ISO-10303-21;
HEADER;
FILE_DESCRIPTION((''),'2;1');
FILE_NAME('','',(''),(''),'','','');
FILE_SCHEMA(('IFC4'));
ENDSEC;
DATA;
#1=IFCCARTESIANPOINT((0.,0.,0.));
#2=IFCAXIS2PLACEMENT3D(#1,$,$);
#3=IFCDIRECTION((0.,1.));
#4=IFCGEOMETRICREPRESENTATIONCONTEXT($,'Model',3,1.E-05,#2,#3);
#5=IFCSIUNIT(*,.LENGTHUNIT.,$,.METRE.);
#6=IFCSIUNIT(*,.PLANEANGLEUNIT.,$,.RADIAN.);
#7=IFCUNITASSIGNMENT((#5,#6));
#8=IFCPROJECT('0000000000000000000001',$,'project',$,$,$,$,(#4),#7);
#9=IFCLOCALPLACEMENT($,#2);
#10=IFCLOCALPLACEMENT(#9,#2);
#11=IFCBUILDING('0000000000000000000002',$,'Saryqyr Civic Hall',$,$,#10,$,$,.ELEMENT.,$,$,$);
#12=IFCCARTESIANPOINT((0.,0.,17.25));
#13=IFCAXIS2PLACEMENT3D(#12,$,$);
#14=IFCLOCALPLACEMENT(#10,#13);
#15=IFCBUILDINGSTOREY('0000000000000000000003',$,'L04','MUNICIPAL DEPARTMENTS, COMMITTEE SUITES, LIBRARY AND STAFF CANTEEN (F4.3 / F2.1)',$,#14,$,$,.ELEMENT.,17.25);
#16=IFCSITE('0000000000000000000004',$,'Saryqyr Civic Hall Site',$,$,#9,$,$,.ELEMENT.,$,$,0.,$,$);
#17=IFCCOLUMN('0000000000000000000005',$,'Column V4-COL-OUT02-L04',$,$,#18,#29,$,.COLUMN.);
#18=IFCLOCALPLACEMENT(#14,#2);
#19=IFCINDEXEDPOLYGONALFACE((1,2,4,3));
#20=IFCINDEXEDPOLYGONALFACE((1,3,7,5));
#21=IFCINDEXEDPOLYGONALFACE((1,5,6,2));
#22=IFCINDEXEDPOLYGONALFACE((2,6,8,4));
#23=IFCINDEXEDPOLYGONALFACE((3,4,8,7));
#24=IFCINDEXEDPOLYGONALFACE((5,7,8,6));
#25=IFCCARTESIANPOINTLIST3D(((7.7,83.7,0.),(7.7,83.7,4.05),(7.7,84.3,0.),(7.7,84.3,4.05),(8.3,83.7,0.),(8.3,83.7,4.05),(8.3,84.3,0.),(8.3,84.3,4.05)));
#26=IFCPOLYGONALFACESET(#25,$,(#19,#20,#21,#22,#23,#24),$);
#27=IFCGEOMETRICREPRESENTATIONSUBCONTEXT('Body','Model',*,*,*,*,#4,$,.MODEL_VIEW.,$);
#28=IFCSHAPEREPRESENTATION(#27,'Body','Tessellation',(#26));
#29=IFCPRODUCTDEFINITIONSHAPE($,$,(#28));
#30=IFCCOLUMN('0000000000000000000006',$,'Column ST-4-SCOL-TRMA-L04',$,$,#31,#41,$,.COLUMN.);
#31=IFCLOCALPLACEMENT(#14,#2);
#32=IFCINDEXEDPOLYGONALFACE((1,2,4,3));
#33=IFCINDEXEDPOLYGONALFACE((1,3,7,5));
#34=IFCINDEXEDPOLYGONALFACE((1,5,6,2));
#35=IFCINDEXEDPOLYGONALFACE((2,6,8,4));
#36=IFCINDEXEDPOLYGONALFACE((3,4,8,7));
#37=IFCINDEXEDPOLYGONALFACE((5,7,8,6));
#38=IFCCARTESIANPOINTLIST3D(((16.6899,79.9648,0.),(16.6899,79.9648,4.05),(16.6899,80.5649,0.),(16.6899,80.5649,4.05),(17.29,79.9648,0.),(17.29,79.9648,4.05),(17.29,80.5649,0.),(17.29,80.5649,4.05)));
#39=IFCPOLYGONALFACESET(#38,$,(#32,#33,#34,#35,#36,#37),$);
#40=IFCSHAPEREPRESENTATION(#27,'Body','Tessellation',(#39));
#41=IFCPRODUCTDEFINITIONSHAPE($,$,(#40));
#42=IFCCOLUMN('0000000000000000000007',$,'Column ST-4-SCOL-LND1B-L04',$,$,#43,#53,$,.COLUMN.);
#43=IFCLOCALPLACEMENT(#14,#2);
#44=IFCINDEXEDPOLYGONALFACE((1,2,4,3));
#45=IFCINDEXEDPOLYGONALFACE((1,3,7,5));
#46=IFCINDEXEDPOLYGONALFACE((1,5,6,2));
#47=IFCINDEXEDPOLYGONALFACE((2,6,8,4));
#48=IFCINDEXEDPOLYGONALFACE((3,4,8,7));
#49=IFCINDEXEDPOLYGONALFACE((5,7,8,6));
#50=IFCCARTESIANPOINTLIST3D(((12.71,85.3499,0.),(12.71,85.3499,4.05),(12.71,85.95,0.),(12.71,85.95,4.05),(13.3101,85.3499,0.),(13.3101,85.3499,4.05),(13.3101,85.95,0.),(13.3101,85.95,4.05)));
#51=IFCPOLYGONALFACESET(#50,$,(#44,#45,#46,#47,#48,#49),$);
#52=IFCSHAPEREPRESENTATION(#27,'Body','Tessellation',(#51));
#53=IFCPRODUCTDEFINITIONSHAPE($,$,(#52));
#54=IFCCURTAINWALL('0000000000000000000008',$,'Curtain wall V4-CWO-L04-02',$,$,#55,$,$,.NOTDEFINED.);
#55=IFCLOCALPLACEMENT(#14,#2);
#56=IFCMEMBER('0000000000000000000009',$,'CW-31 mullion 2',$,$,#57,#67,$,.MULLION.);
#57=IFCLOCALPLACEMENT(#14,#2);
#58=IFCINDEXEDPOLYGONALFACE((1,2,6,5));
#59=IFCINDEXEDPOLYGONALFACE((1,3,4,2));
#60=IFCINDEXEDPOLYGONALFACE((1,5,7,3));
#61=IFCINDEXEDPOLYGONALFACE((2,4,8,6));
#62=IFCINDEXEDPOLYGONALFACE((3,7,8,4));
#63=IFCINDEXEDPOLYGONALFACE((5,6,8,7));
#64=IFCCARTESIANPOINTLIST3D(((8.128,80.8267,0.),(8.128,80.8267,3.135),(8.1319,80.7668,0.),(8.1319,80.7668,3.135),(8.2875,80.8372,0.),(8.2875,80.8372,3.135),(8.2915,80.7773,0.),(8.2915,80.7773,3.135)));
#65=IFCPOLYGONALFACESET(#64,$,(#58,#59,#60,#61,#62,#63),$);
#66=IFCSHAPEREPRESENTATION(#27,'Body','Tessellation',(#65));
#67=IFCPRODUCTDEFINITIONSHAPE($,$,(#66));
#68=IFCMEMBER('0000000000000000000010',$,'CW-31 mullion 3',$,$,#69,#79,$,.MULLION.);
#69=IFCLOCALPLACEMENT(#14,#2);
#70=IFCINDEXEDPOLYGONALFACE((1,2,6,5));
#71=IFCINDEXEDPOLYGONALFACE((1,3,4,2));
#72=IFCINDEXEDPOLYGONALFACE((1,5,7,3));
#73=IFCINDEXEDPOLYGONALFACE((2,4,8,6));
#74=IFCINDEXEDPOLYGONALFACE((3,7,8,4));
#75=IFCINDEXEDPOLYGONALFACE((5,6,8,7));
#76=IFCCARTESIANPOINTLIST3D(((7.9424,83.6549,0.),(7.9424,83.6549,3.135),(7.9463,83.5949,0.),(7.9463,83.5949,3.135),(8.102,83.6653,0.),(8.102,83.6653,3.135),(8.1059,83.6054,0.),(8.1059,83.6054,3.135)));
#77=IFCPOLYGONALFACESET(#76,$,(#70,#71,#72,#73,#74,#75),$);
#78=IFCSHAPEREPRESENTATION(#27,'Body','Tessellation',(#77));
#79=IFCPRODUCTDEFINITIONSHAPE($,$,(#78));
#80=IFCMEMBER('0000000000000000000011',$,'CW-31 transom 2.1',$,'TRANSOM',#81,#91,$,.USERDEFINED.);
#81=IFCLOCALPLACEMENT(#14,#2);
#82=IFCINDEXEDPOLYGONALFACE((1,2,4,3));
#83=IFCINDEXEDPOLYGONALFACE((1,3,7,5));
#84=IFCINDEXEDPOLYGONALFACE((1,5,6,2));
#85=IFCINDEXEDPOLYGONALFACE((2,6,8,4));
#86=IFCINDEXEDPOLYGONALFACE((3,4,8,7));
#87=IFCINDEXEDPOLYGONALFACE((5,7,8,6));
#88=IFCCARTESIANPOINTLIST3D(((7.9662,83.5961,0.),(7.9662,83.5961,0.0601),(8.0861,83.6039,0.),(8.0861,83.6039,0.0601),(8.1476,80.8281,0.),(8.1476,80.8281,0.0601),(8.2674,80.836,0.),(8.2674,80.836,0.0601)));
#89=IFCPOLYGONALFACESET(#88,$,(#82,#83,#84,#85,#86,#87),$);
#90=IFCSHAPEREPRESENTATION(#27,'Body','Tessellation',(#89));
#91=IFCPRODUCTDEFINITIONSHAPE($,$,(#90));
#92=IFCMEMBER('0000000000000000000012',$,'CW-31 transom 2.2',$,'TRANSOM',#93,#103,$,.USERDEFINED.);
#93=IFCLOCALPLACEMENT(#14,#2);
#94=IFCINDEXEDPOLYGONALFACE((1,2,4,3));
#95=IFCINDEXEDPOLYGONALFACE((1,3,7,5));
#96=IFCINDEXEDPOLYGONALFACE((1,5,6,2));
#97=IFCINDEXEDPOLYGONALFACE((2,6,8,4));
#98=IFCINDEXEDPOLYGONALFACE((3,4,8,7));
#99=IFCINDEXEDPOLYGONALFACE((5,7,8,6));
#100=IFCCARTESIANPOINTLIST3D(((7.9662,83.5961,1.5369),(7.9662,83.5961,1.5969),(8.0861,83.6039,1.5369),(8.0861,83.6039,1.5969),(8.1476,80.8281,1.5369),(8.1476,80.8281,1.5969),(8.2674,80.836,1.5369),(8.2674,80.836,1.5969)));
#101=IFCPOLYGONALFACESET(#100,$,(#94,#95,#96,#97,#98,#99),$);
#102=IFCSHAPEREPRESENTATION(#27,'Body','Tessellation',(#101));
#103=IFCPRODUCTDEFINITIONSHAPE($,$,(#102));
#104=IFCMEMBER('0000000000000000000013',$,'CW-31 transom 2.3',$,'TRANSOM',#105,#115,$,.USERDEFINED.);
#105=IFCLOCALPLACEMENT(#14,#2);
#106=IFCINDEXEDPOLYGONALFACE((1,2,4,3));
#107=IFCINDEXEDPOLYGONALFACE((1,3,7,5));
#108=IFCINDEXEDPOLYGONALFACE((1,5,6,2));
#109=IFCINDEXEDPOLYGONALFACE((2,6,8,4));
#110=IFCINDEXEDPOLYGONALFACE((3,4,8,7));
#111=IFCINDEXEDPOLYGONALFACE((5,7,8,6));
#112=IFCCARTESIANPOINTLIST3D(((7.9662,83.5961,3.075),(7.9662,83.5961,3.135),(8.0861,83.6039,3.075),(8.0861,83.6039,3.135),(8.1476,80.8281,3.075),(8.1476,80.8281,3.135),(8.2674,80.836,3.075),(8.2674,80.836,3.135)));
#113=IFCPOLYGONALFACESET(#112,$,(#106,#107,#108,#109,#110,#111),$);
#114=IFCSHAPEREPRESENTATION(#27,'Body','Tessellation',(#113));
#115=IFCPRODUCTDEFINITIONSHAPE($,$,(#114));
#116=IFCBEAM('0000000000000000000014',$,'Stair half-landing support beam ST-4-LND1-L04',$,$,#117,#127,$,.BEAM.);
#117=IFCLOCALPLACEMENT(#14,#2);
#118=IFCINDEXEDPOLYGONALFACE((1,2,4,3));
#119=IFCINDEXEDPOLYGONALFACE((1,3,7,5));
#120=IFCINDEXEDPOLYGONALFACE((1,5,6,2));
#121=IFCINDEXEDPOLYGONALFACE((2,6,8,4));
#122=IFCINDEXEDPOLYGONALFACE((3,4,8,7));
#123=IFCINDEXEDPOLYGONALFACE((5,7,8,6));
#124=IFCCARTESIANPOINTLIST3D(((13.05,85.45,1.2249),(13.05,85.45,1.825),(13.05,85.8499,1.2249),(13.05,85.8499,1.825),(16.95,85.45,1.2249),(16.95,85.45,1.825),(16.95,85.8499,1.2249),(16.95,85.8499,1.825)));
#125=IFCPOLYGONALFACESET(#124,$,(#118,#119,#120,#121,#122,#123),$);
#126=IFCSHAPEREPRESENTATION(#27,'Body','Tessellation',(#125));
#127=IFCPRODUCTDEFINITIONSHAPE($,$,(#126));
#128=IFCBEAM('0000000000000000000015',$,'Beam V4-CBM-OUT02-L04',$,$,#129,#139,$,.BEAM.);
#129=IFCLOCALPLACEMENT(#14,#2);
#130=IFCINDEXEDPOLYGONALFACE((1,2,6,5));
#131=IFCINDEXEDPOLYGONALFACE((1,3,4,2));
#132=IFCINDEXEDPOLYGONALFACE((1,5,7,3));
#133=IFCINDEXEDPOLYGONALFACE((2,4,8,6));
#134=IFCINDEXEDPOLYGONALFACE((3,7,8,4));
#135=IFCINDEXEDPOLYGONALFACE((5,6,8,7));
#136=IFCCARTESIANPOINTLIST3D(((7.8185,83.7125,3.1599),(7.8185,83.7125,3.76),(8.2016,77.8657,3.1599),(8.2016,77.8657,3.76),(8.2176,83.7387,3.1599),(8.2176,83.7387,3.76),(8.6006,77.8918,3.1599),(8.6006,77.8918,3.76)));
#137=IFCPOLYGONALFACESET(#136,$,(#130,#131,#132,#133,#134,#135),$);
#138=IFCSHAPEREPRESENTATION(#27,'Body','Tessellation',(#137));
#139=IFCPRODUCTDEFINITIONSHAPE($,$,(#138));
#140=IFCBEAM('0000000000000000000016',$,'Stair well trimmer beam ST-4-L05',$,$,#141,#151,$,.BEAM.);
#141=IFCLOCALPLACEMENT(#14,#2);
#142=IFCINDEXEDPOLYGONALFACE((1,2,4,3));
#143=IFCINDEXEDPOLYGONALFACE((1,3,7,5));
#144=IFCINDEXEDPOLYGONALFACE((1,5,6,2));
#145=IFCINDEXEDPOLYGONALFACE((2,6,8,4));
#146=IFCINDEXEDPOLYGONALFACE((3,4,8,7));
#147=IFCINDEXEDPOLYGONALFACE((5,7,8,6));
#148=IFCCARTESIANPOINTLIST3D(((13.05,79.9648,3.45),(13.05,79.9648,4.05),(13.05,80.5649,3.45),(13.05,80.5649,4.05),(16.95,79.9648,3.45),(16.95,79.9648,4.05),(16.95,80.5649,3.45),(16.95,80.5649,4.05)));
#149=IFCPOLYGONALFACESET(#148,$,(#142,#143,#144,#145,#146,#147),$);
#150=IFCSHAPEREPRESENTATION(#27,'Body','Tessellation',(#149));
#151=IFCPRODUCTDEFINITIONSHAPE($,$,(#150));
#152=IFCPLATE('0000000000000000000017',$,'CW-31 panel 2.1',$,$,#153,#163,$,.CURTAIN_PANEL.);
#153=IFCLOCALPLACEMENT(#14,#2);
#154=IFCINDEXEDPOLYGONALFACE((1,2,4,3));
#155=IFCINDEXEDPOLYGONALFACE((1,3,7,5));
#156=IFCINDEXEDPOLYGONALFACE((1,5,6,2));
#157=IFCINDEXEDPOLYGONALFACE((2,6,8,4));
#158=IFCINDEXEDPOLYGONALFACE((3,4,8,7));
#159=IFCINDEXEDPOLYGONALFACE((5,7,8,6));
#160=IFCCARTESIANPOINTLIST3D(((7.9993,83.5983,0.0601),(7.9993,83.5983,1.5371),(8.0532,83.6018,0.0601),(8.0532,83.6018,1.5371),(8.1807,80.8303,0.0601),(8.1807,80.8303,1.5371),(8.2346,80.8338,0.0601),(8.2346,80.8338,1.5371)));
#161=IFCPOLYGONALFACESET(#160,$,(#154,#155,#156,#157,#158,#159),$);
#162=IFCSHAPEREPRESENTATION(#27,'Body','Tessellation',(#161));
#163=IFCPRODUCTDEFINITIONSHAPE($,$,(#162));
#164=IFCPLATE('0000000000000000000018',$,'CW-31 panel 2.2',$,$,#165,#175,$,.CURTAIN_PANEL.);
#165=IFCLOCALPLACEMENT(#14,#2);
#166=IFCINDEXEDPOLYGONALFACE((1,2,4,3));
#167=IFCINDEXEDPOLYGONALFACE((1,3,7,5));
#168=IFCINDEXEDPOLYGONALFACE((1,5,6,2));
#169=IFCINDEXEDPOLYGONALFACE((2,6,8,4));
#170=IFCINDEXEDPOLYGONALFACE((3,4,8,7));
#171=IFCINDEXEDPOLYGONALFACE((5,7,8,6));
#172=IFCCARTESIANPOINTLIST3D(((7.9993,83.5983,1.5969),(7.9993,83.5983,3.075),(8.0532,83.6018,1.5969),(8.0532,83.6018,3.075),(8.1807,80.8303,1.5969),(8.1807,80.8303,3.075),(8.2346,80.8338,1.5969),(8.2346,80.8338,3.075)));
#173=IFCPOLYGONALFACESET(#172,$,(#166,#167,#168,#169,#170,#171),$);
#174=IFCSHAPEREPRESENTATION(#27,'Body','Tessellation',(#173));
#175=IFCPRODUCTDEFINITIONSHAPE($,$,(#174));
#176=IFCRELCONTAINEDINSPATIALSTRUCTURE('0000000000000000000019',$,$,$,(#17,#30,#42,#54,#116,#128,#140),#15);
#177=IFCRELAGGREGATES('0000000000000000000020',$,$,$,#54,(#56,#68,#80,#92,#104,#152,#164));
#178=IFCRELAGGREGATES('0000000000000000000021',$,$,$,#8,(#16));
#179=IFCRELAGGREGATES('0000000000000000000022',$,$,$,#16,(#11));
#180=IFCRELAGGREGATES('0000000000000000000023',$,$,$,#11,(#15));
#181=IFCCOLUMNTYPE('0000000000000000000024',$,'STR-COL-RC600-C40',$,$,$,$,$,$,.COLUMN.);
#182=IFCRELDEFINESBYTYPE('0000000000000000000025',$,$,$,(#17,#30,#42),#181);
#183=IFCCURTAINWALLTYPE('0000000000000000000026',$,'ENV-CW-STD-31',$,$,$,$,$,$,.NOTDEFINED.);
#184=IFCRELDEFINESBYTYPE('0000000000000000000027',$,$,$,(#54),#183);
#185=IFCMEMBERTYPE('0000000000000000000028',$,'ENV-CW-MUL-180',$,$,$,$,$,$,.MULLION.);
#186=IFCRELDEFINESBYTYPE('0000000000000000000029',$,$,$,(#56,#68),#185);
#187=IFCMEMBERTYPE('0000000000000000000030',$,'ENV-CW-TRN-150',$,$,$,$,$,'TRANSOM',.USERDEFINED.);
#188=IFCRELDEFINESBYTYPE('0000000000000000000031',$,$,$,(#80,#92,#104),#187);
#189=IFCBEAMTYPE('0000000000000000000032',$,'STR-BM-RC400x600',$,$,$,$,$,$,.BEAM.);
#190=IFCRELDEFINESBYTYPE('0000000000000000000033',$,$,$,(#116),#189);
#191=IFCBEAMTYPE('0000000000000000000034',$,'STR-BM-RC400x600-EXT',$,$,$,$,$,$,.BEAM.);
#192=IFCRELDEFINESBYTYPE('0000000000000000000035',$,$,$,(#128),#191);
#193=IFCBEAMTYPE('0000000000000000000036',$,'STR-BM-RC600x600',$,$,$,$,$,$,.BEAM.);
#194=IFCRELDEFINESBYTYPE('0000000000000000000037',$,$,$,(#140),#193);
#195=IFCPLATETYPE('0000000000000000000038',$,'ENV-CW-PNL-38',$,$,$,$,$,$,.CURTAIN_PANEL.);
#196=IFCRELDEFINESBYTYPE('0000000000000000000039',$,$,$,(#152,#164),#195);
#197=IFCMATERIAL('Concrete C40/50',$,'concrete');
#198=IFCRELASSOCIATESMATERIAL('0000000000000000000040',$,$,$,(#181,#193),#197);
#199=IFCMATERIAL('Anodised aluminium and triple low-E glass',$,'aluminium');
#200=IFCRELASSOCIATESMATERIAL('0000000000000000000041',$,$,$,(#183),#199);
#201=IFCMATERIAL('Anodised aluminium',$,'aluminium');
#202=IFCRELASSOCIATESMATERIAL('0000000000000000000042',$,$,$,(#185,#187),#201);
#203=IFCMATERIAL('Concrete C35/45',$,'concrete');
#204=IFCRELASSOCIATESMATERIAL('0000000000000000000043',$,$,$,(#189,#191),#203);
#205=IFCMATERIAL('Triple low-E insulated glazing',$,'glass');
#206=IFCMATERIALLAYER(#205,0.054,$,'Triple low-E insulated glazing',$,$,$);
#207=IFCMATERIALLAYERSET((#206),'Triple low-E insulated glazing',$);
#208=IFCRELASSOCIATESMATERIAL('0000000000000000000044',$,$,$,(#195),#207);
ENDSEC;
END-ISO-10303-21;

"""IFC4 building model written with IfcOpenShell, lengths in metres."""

from ifc_helpers import new_model, si_unit, direction, frame, origin, origin_2d, place, context, subcontext, project, spatial, rectangle, extrude, material, layer, layer_set, material_profile, profile_set, type_object, element, aggregate, save


model = new_model("IFC4")

# Units and contexts
model_context = context("Model", 3, precision=1e-05, world=origin(), true_north=direction((0.0, 1.0)))
body_context = subcontext(model_context, "Body", "Model", "MODEL_VIEW")
ifc_project = project(units=[si_unit("LENGTHUNIT", "METRE"), si_unit("PLANEANGLEUNIT", "RADIAN")], contexts=[model_context])

# Site, building, storey
site_placement = place(None, origin())
site = spatial("IfcSite", under=ifc_project, at=site_placement, Name="Saryqyr Civic Hall Site", CompositionType="ELEMENT", RefElevation=0.0)
building_placement = place(site_placement, origin())
building = spatial("IfcBuilding", under=site, at=building_placement, Name="Saryqyr Civic Hall", CompositionType="ELEMENT")
storey_placement = place(building_placement, frame((0.0, 0.0, 17.25)))
storey = spatial("IfcBuildingStorey", under=building, at=storey_placement, Name="L04", Description="MUNICIPAL DEPARTMENTS, COMMITTEE SUITES, LIBRARY AND STAFF CANTEEN (F4.3 / F2.1)", CompositionType="ELEMENT", Elevation=17.25)

# Columns
ifc_material_1 = material(Name="Concrete C40/50", Category="concrete")
ifc_material_profile_1 = material_profile(ifc_material_1, rectangle(XDim=0.6001, YDim=0.6001, at=origin_2d()), Name="RC 600x600")
ifc_profile_set_1 = profile_set([ifc_material_profile_1], Name="Concrete C40/50")
column_type = type_object("IfcColumnType", Name="STR-COL-RC600-C40", PredefinedType="COLUMN", material=ifc_profile_set_1)
for number, where, z_axis, x_axis, name in (
    (1, (8.0, 84.0, 0.0), (0.0, 0.0, 1.0), (-1.0, 0.0, 0.0), "Column V4-COL-OUT02-L04"),
    (2, (16.99, 80.2649, 0.0), (0.0, 0.0, 1.0), (1.0, 0.0, 0.0), "Column ST-4-SCOL-TRMA-L04"),
    (3, (13.01, 85.6499, 0.0), (0.0, 0.0, 1.0), (1.0, 0.0, 0.0), "Column ST-4-SCOL-LND1B-L04"),
):
    element("IfcColumn", number, at=place(storey_placement, frame(where, z_axis=z_axis, x_axis=x_axis)), inside=storey, type_object=column_type, Name=name, PredefinedType="COLUMN", context=body_context, shape_type="SweptSolid", body=[
        extrude(rectangle(XDim=0.6001, YDim=0.6001, at=origin_2d()), origin(), (0.0, 0.0, 1.0), 4.05),
    ])

# Curtain wall, members
ifc_material_2 = material(Name="Anodised aluminium and triple low-E glass", Category="aluminium")
curtain_wall_type = type_object("IfcCurtainWallType", Name="ENV-CW-STD-31", PredefinedType="NOTDEFINED", material=ifc_material_2)
curtain_wall_placement = place(storey_placement, origin())
curtain_wall = element("IfcCurtainWall", 4, at=curtain_wall_placement, inside=storey, type_object=curtain_wall_type, Name="Curtain wall V4-CWO-L04-02", PredefinedType="NOTDEFINED")
ifc_material_3 = material(Name="Anodised aluminium", Category="aluminium")
ifc_material_profile_2 = material_profile(ifc_material_3, rectangle(XDim=0.0601, YDim=0.1599, at=origin_2d()), Name="ALU MULLION 60x160")
ifc_profile_set_2 = profile_set([ifc_material_profile_2], Name="Anodised aluminium")
member_type_1 = type_object("IfcMemberType", Name="ENV-CW-MUL-180", PredefinedType="MULLION", material=ifc_profile_set_2)
member_1_placement = place(storey_placement, frame((8.2097, 80.802, 0.0), z_axis=(0.0, 0.0, 1.0), x_axis=(-0.065397, 0.997859, 0.0)))
member_1 = element("IfcMember", 5, at=member_1_placement, type_object=member_type_1, Name="CW-31 mullion 2", PredefinedType="MULLION", context=body_context, shape_type="SweptSolid", body=[
    extrude(rectangle(XDim=0.0601, YDim=0.1599, at=origin_2d()), origin(), (0.0, 0.0, 1.0), 3.135),
])
member_2_placement = place(storey_placement, frame((8.0242, 83.6301, 0.0), z_axis=(0.0, 0.0, 1.0), x_axis=(-0.065397, 0.997859, 0.0)))
member_2 = element("IfcMember", 6, at=member_2_placement, type_object=member_type_1, Name="CW-31 mullion 3", PredefinedType="MULLION", context=body_context, shape_type="SweptSolid", body=[
    extrude(rectangle(XDim=0.0601, YDim=0.1599, at=origin_2d()), origin(), (0.0, 0.0, 1.0), 3.135),
])
ifc_material_profile_3 = material_profile(ifc_material_3, rectangle(XDim=0.1201, YDim=0.0601, at=origin_2d()), Name="ALU TRANSOM 120x60")
ifc_profile_set_3 = profile_set([ifc_material_profile_3], Name="Anodised aluminium")
member_type_2 = type_object("IfcMemberType", Name="ENV-CW-TRN-150", ElementType="TRANSOM", PredefinedType="USERDEFINED", material=ifc_profile_set_3)
member_3_placement = place(storey_placement, frame((8.2075, 80.832, 0.03), z_axis=(-0.065392, 0.99786, 0.0), x_axis=(-0.99786, -0.065392, 0.0)))
member_3 = element("IfcMember", 7, at=member_3_placement, type_object=member_type_2, Name="CW-31 transom 2.1", ObjectType="TRANSOM", PredefinedType="USERDEFINED", context=body_context, shape_type="SweptSolid", body=[
    extrude(rectangle(XDim=0.1201, YDim=0.0601, at=origin_2d()), origin(), (0.0, 0.0, 1.0), 2.7739),
])
member_4_placement = place(storey_placement, frame((8.2075, 80.832, 1.5669), z_axis=(-0.065392, 0.99786, 0.0), x_axis=(-0.99786, -0.065392, 0.0)))
member_4 = element("IfcMember", 8, at=member_4_placement, type_object=member_type_2, Name="CW-31 transom 2.2", ObjectType="TRANSOM", PredefinedType="USERDEFINED", context=body_context, shape_type="SweptSolid", body=[
    extrude(rectangle(XDim=0.1201, YDim=0.0601, at=origin_2d()), origin(), (0.0, 0.0, 1.0), 2.7739),
])
member_5_placement = place(storey_placement, frame((8.2075, 80.832, 3.105), z_axis=(-0.065392, 0.99786, 0.0), x_axis=(-0.99786, -0.065392, 0.0)))
member_5 = element("IfcMember", 9, at=member_5_placement, type_object=member_type_2, Name="CW-31 transom 2.3", ObjectType="TRANSOM", PredefinedType="USERDEFINED", context=body_context, shape_type="SweptSolid", body=[
    extrude(rectangle(XDim=0.1201, YDim=0.0601, at=origin_2d()), origin(), (0.0, 0.0, 1.0), 2.7739),
])

# Beams
ifc_material_4 = material(Name="Concrete C35/45", Category="concrete")
ifc_material_profile_4 = material_profile(ifc_material_4, rectangle(XDim=0.3999, YDim=0.6001, at=origin_2d()), Name="RC 400x600")
ifc_profile_set_4 = profile_set([ifc_material_profile_4], Name="Concrete C35/45")
beam_type_1 = type_object("IfcBeamType", Name="STR-BM-RC400x600", PredefinedType="BEAM", material=ifc_profile_set_4)
beam_1_placement = place(storey_placement, frame((16.95, 85.6499, 1.5249), z_axis=(-1.0, 0.0, 0.0), x_axis=(0.0, -1.0, 0.0)))
element("IfcBeam", 10, at=beam_1_placement, inside=storey, type_object=beam_type_1, Name="Stair half-landing support beam ST-4-LND1-L04", PredefinedType="BEAM", context=body_context, shape_type="SweptSolid", body=[
    extrude(rectangle(XDim=0.3999, YDim=0.6001, at=origin_2d()), origin(), (0.0, 0.0, 1.0), 3.8999),
])
ifc_material_profile_5 = material_profile(ifc_material_4, rectangle(XDim=0.3999, YDim=0.6001, at=origin_2d()), Name="RC 400x600")
ifc_profile_set_5 = profile_set([ifc_material_profile_5], Name="Concrete C35/45")
beam_type_2 = type_object("IfcBeamType", Name="STR-BM-RC400x600-EXT", PredefinedType="BEAM", material=ifc_profile_set_5)
beam_2_placement = place(storey_placement, frame((8.0181, 83.7256, 3.46), z_axis=(0.065374, -0.997861, 0.0), x_axis=(0.997861, 0.065374, 0.0)))
element("IfcBeam", 11, at=beam_2_placement, inside=storey, type_object=beam_type_2, Name="Beam V4-CBM-OUT02-L04", PredefinedType="BEAM", context=body_context, shape_type="SweptSolid", body=[
    extrude(rectangle(XDim=0.3999, YDim=0.6001, at=origin_2d()), origin(), (0.0, 0.0, 1.0), 5.8594),
])
ifc_material_profile_6 = material_profile(ifc_material_1, rectangle(XDim=0.6001, YDim=0.6001, at=origin_2d()), Name="RC 600x600")
ifc_profile_set_6 = profile_set([ifc_material_profile_6], Name="Concrete C40/50")
beam_type_3 = type_object("IfcBeamType", Name="STR-BM-RC600x600", PredefinedType="BEAM", material=ifc_profile_set_6)
beam_3_placement = place(storey_placement, frame((16.95, 80.2649, 3.75), z_axis=(-1.0, 0.0, 0.0), x_axis=(0.0, -1.0, 0.0)))
element("IfcBeam", 12, at=beam_3_placement, inside=storey, type_object=beam_type_3, Name="Stair well trimmer beam ST-4-L05", PredefinedType="BEAM", context=body_context, shape_type="SweptSolid", body=[
    extrude(rectangle(XDim=0.6001, YDim=0.6001, at=origin_2d()), origin(), (0.0, 0.0, 1.0), 3.8999),
])

# Plates
ifc_material_5 = material(Name="Triple low-E insulated glazing", Category="glass")
ifc_layer_1 = layer(ifc_material_5, 0.054, Name="Triple low-E insulated glazing")
ifc_layer_set_1 = layer_set([ifc_layer_1], Name="Triple low-E insulated glazing")
plate_type = type_object("IfcPlateType", Name="ENV-CW-PNL-38", PredefinedType="CURTAIN_PANEL", material=ifc_layer_set_1)
plate_1_placement = place(storey_placement, frame((8.1169, 82.2161, 0.0601), z_axis=(0.0, 0.0, 1.0), x_axis=(-0.065397, 0.997859, 0.0)))
plate_1 = element("IfcPlate", 13, at=plate_1_placement, type_object=plate_type, Name="CW-31 panel 2.1", PredefinedType="CURTAIN_PANEL", context=body_context, shape_type="SweptSolid", body=[
    extrude(rectangle(XDim=2.7739, YDim=0.054, at=origin_2d()), origin(), (0.0, 0.0, 1.0), 1.4771),
])
plate_2_placement = place(storey_placement, frame((8.1169, 82.2161, 1.5969), z_axis=(0.0, 0.0, 1.0), x_axis=(-0.065397, 0.997859, 0.0)))
plate_2 = element("IfcPlate", 14, at=plate_2_placement, type_object=plate_type, Name="CW-31 panel 2.2", PredefinedType="CURTAIN_PANEL", context=body_context, shape_type="SweptSolid", body=[
    extrude(rectangle(XDim=2.7739, YDim=0.054, at=origin_2d()), origin(), (0.0, 0.0, 1.0), 1.478),
])
aggregate(curtain_wall, [member_1, member_2, member_3, member_4, member_5, plate_1, plate_2])

save(model, "model.ifc")
